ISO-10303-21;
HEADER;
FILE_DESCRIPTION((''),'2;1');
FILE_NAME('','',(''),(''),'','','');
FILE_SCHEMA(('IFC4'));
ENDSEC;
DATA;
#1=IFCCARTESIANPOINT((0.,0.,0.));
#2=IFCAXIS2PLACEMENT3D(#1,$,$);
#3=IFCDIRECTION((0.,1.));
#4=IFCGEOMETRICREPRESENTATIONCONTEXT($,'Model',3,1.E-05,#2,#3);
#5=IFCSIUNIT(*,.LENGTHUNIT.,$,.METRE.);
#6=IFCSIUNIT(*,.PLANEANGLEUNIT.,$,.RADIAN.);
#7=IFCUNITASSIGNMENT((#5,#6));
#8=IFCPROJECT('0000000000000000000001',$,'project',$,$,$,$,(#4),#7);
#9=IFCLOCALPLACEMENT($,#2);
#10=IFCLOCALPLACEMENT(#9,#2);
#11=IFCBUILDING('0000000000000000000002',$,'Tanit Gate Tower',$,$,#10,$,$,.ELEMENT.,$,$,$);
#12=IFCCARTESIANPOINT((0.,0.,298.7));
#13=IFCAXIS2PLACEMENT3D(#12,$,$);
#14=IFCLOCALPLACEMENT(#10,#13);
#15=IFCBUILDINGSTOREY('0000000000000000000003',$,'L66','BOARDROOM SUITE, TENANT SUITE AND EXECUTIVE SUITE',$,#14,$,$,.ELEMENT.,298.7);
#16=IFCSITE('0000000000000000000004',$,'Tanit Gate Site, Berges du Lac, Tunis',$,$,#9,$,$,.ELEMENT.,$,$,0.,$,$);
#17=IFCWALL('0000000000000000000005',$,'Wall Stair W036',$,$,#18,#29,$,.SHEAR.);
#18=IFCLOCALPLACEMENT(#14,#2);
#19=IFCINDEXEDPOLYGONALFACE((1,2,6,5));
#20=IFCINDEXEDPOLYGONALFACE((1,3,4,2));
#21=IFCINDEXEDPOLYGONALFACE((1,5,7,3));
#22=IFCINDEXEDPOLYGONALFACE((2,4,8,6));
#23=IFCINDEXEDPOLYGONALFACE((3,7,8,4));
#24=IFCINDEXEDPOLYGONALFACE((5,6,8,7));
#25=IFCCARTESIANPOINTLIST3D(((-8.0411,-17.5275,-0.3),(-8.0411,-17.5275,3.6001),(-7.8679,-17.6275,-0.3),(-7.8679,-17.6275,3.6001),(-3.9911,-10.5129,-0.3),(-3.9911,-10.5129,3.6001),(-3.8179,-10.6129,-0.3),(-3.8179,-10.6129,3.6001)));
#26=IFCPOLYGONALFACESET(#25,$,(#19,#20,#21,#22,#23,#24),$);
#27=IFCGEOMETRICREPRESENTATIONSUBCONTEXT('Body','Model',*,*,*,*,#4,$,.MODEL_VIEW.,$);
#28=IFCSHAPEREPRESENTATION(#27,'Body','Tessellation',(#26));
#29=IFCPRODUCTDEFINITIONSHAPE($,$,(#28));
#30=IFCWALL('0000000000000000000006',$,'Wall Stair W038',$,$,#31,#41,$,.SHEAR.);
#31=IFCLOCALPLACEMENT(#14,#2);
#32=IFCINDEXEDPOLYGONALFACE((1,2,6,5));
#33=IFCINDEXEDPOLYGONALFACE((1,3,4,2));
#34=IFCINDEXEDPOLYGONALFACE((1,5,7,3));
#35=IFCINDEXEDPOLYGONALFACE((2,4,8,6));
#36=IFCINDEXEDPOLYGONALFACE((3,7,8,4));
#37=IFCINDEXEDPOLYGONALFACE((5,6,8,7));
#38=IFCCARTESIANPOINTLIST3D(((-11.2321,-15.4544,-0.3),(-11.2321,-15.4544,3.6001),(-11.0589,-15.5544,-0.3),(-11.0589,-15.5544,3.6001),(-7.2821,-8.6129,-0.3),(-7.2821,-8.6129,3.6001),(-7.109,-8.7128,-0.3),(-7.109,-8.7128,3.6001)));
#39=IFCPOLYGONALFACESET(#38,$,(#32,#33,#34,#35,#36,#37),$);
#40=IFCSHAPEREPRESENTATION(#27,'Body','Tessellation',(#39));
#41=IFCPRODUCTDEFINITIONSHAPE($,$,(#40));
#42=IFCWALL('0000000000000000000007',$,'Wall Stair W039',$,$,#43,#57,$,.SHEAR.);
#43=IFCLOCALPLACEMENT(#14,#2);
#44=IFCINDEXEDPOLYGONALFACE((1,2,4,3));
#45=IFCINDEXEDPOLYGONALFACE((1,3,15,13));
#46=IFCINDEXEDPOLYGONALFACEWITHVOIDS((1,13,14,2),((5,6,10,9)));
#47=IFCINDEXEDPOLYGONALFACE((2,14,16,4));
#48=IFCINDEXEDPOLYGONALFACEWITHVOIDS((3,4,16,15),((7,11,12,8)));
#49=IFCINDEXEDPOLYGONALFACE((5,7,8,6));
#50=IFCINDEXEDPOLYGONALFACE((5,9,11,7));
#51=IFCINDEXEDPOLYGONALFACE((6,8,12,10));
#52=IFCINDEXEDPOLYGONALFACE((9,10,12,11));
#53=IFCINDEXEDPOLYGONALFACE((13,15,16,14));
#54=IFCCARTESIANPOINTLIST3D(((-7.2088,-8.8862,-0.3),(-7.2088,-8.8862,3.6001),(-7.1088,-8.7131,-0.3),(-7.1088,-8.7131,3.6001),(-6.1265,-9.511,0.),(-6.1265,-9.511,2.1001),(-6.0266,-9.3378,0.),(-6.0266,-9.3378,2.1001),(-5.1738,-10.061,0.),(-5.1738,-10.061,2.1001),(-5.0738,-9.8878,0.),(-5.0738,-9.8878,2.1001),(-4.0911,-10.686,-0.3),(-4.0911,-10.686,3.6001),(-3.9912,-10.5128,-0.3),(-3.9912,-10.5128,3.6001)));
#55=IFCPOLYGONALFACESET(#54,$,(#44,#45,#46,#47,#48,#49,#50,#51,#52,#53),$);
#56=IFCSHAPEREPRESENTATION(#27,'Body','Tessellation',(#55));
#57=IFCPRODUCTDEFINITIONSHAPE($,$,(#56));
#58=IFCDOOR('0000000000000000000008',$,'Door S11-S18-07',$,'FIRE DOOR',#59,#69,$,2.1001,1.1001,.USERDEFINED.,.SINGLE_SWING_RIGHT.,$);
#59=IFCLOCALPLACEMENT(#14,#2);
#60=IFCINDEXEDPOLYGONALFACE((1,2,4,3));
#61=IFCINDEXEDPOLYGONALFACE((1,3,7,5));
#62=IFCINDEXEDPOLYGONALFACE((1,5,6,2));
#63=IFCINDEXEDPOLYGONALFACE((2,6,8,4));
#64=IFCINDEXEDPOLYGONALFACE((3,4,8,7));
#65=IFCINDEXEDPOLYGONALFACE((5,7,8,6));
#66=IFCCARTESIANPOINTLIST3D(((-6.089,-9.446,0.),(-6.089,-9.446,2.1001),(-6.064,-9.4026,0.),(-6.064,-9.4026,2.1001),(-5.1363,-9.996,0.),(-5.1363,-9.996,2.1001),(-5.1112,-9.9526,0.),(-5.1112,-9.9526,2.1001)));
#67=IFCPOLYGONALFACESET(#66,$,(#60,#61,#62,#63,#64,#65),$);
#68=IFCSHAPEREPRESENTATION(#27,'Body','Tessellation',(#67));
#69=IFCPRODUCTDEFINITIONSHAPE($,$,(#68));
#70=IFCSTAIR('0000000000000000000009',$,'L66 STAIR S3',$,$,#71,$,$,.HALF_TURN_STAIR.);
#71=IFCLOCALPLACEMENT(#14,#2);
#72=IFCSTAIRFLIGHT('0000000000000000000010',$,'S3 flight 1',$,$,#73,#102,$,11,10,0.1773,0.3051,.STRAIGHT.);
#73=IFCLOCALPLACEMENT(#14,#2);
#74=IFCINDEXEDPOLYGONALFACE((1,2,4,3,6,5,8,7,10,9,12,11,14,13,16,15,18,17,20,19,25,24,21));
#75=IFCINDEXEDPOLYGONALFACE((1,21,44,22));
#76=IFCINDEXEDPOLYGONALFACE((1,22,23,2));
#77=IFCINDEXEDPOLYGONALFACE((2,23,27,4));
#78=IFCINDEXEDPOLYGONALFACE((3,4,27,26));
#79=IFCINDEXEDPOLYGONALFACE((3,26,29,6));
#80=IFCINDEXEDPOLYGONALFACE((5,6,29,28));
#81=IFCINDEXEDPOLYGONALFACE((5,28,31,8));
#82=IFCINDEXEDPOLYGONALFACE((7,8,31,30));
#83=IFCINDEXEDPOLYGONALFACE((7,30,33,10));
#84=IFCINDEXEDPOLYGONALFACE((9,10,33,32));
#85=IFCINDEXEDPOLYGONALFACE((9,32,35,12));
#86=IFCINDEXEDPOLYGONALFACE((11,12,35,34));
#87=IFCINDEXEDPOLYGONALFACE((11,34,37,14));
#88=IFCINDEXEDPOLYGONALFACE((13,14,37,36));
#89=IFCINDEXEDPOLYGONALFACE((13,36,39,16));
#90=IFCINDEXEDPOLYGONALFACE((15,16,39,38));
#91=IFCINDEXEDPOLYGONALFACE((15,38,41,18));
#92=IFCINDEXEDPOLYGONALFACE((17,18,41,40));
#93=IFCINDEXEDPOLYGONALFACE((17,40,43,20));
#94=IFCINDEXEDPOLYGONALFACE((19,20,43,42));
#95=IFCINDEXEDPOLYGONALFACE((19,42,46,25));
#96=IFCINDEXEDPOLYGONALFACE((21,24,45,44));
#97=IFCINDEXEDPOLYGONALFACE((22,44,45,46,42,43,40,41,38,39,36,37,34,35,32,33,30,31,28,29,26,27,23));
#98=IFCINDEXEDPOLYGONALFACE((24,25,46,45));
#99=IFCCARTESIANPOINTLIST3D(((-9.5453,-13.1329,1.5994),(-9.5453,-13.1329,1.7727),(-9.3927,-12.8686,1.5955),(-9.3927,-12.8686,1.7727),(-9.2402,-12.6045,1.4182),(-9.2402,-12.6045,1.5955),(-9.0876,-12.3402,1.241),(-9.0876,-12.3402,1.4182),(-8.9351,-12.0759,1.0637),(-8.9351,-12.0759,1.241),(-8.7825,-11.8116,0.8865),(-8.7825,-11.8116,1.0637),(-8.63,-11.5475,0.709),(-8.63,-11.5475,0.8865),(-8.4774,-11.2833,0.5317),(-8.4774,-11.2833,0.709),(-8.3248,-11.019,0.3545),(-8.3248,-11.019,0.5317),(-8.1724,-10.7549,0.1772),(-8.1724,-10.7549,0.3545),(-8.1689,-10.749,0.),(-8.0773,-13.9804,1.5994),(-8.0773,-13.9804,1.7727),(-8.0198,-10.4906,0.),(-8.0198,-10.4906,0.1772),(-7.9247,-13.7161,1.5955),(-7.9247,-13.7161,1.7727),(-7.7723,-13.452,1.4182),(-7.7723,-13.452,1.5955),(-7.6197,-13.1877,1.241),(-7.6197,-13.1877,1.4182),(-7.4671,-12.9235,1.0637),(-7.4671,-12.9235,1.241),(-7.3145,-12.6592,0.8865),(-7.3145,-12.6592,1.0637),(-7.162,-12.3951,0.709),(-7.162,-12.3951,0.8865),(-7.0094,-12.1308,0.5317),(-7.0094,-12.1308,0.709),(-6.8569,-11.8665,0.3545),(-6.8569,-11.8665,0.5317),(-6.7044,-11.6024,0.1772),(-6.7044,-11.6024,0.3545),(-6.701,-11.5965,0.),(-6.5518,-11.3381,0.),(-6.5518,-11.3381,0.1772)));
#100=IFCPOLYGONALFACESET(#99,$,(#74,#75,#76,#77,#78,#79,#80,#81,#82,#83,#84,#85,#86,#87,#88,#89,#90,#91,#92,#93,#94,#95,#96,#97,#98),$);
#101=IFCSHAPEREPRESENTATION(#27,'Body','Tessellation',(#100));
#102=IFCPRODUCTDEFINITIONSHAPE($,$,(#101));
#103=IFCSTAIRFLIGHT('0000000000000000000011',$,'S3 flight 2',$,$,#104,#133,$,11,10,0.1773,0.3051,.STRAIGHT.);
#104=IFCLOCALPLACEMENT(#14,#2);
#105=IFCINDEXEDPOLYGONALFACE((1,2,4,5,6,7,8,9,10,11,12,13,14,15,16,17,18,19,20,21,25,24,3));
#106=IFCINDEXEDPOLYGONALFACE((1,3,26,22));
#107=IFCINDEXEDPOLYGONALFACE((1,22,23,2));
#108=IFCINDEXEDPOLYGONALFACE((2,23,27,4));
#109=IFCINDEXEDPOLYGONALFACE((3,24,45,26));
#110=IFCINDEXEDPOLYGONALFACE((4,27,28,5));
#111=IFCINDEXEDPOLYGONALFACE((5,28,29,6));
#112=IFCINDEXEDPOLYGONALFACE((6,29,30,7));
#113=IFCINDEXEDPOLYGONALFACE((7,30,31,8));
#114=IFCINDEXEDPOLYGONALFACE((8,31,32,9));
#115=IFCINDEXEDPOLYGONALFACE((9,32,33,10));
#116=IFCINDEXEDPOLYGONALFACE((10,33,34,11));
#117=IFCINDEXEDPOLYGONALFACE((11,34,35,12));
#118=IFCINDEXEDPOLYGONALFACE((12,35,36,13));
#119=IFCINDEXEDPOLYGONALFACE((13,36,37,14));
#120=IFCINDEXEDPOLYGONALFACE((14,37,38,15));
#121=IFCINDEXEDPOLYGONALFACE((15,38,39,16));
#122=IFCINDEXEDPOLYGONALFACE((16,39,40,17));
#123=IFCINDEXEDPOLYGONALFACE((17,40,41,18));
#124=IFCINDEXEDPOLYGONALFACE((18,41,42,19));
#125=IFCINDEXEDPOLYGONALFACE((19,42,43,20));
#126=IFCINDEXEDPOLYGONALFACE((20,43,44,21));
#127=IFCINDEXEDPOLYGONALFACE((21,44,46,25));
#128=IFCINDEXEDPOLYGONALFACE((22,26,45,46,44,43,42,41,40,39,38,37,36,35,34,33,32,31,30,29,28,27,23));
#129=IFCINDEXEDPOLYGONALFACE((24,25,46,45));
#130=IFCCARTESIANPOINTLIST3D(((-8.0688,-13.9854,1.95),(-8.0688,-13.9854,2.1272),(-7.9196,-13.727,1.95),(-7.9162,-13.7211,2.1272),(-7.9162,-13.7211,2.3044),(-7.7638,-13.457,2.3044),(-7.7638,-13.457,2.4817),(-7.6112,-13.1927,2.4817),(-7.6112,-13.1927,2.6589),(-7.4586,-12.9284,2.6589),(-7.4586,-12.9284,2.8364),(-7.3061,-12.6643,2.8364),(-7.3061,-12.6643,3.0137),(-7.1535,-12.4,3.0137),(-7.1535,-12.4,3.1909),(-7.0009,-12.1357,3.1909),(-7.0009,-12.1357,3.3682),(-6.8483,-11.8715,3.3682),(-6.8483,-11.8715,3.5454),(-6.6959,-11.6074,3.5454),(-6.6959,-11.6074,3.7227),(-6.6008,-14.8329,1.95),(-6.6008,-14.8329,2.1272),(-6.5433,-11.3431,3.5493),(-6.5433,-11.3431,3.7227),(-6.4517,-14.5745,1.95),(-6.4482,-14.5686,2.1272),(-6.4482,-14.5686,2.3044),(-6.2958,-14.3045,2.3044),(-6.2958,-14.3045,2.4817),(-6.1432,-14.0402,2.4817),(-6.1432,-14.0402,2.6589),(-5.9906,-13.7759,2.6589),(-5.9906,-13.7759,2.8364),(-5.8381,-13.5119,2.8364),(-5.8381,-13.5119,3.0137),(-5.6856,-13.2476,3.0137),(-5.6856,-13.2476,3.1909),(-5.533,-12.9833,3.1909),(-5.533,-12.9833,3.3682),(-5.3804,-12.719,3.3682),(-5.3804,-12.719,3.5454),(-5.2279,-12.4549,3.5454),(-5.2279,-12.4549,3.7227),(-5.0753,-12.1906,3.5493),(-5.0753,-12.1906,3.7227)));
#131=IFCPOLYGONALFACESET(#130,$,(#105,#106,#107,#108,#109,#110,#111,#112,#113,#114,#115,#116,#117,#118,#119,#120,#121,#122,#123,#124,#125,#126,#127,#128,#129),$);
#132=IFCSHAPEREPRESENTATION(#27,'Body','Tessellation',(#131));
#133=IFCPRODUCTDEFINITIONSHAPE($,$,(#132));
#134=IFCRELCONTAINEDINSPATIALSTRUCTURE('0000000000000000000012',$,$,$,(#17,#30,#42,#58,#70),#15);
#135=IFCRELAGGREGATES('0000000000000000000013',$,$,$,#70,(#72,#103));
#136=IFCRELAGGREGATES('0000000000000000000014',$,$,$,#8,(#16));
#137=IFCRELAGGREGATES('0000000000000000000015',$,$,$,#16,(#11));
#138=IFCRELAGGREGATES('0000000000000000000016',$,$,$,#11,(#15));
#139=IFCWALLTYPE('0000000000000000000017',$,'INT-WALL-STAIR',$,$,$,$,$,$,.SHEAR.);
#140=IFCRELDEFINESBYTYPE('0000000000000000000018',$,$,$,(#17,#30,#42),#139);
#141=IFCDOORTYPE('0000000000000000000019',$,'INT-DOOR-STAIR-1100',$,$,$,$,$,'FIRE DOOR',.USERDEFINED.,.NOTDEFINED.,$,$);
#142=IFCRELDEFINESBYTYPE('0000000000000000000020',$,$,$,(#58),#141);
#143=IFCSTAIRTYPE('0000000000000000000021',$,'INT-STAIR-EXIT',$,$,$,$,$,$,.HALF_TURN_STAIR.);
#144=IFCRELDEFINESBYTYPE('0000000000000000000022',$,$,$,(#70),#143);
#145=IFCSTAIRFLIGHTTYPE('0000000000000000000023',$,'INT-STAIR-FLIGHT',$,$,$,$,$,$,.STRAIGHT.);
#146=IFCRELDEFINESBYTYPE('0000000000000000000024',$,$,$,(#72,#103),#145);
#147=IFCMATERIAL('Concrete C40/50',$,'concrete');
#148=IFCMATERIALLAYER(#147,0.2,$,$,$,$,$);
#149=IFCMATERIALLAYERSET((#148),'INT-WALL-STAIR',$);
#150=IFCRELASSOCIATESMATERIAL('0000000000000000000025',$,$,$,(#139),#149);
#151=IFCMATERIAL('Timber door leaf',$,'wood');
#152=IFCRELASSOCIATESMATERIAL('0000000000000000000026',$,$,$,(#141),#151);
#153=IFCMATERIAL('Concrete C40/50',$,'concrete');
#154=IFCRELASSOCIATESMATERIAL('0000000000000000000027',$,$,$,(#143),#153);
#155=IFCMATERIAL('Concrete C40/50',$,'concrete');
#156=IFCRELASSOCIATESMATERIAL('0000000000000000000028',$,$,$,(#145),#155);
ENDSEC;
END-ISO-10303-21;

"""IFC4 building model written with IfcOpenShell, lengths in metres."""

from ifc_helpers import new_model, si_unit, direction, frame, frame_2d, origin, place, context, subcontext, project, spatial, polyline, rectangle, outline, extrude, material, layer, layer_set, type_object, element, fill, aggregate, save


model = new_model("IFC4")

# Units and contexts
model_context = context("Model", 3, precision=1e-05, world=origin(), true_north=direction((0.0, 1.0)))
body_context = subcontext(model_context, "Body", "Model", "MODEL_VIEW")
ifc_project = project(units=[si_unit("LENGTHUNIT", "METRE"), si_unit("PLANEANGLEUNIT", "RADIAN")], contexts=[model_context])

# Site, building, storey
site_placement = place(None, origin())
site = spatial("IfcSite", under=ifc_project, at=site_placement, Name="Tanit Gate Site, Berges du Lac, Tunis", CompositionType="ELEMENT", RefElevation=0.0)
building_placement = place(site_placement, origin())
building = spatial("IfcBuilding", under=site, at=building_placement, Name="Tanit Gate Tower", CompositionType="ELEMENT")
storey_placement = place(building_placement, frame((0.0, 0.0, 298.7)))
storey = spatial("IfcBuildingStorey", under=building, at=storey_placement, Name="L66", Description="BOARDROOM SUITE, TENANT SUITE AND EXECUTIVE SUITE", CompositionType="ELEMENT", Elevation=298.7)

# Walls
ifc_material_1 = material(Name="Concrete C40/50", Category="concrete")
ifc_layer_1 = layer(ifc_material_1, 0.2)
ifc_layer_set_1 = layer_set([ifc_layer_1], Name="INT-WALL-STAIR")
wall_type_1 = type_object("IfcWallType", Name="INT-WALL-STAIR", PredefinedType="SHEAR", material=ifc_layer_set_1)
wall_1_placement = place(storey_placement, frame((-3.9045, -10.563, -0.3), z_axis=(0.0, 0.0, 1.0), x_axis=(-0.500013, -0.866018, 0.0)))
element("IfcWall", 1, at=wall_1_placement, inside=storey, type_object=wall_type_1, Name="Wall Stair W036", PredefinedType="SHEAR", context=body_context, shape_type="SweptSolid", body=[
    extrude(rectangle(XDim=8.0999, YDim=0.2, at=frame_2d((4.0498, 0.0))), origin(), (0.0, 0.0, 1.0), 3.9001),
])
wall_2_placement = place(storey_placement, frame((-7.1956, -8.6628, -0.3), z_axis=(0.0, 0.0, 1.0), x_axis=(-0.499998, -0.866027, 0.0)))
element("IfcWall", 2, at=wall_2_placement, inside=storey, type_object=wall_type_1, Name="Wall Stair W038", PredefinedType="SHEAR", context=body_context, shape_type="SweptSolid", body=[
    extrude(rectangle(XDim=7.8999, YDim=0.2, at=frame_2d((3.95, 0.0))), origin(), (0.0, 0.0, 1.0), 3.9001),
])

# Wall, opening, door
wall_3_placement = place(storey_placement, frame((-4.0413, -10.5994, -0.3), z_axis=(0.0, 0.0, 1.0), x_axis=(-0.866048, 0.499961, 0.0)))
wall_3 = element("IfcWall", 3, at=wall_3_placement, inside=storey, type_object=wall_type_1, Name="Wall Stair W039", PredefinedType="SHEAR", context=body_context, shape_type="SweptSolid", body=[
    extrude(rectangle(XDim=3.5999, YDim=0.2, at=frame_2d((1.7998, 0.0))), origin(), (0.0, 0.0, 1.0), 3.9001),
])
opening_1_placement = place(wall_3_placement, frame((1.25, 0.0, 0.3)))
opening_1 = element("IfcOpeningElement", 4, at=opening_1_placement, cuts=wall_3, PredefinedType="OPENING", context=body_context, shape_type="SweptSolid", body=[
    extrude(rectangle(XDim=1.1001, YDim=2.1001, at=frame_2d((0.55, 1.05))), frame((0.0, 0.1099, 0.0), z_axis=(0.0, -1.0, 0.0), x_axis=(1.0, 0.0, 0.0)), (0.0, 0.0, 1.0), 0.22),
])
ifc_material_2 = material(Name="Timber door leaf", Category="wood")
door_type_1 = type_object("IfcDoorType", Name="INT-DOOR-STAIR-1100", ElementType="FIRE DOOR", OperationType="NOTDEFINED", PredefinedType="USERDEFINED", material=ifc_material_2)
door_1_placement = place(opening_1_placement, origin())
door_1 = element("IfcDoor", 5, at=door_1_placement, inside=storey, type_object=door_type_1, Name="Door S11-S18-07", ObjectType="FIRE DOOR", OperationType="SINGLE_SWING_RIGHT", OverallHeight=2.1001, OverallWidth=1.1001, PredefinedType="USERDEFINED", context=body_context, shape_type="SweptSolid", body=[
    extrude(rectangle(XDim=1.1001, YDim=2.1001, at=frame_2d((0.55, 1.05))), frame((0.0, 0.0249, 0.0), z_axis=(0.0, -1.0, 0.0), x_axis=(1.0, 0.0, 0.0)), (0.0, 0.0, 1.0), 0.05),
])
fill(opening_1, door_1)

# Stair, stair flights
ifc_material_3 = material(Name="Concrete C40/50", Category="concrete")
stair_type = type_object("IfcStairType", Name="INT-STAIR-EXIT", PredefinedType="HALF_TURN_STAIR", material=ifc_material_3)
stair_placement = place(storey_placement, origin())
stair = element("IfcStair", 6, at=stair_placement, inside=storey, type_object=stair_type, Name="L66 STAIR S3", PredefinedType="HALF_TURN_STAIR")
ifc_material_4 = material(Name="Concrete C40/50", Category="concrete")
stair_flight_type = type_object("IfcStairFlightType", Name="INT-STAIR-FLIGHT", PredefinedType="STRAIGHT", material=ifc_material_4)
stair_flight_1_placement = place(storey_placement, frame((-7.2859, -10.9143, 0.0), z_axis=(0.0, 0.0, 1.0), x_axis=(-0.5, -0.866025, 0.0)))
stair_flight_1 = element("IfcStairFlight", 7, at=stair_flight_1_placement, type_object=stair_flight_type, Name="S3 flight 1", NumberOfRisers=11, NumberOfTreads=10, PredefinedType="STRAIGHT", RiserHeight=0.1773, TreadLength=0.3051, context=body_context, shape_type="SweptSolid", body=[
    extrude(outline(polyline([(0.0, 0.0), (0.0, 0.1772), (0.3052, 0.1772), (0.3052, 0.3545), (0.6101, 0.3545), (0.6101, 0.5317), (0.9153, 0.5317), (0.9153, 0.709), (1.2205, 0.709), (1.2205, 0.8865), (1.5254, 0.8865), (1.5254, 1.0637), (1.8306, 1.0637), (1.8306, 1.241), (2.1357, 1.241), (2.1357, 1.4182), (2.4409, 1.4182), (2.4409, 1.5955), (2.7458, 1.5955), (2.7458, 1.7727), (3.051, 1.7727), (3.051, 1.95), (3.051, 1.5994), (0.2983, 0.0), (0.0, 0.0)])), frame((0.0, 0.8477, 0.0), z_axis=(0.0, -1.0, 0.0), x_axis=(1.0, 0.0, 0.0)), (0.0, 0.0, 1.0), 1.6951),
])
stair_flight_2_placement = place(storey_placement, frame((-7.3347, -14.4092, 1.95), z_axis=(0.0, 0.0, 1.0), x_axis=(0.5, 0.866025, 0.0)))
stair_flight_2 = element("IfcStairFlight", 8, at=stair_flight_2_placement, type_object=stair_flight_type, Name="S3 flight 2", NumberOfRisers=11, NumberOfTreads=10, PredefinedType="STRAIGHT", RiserHeight=0.1773, TreadLength=0.3051, context=body_context, shape_type="SweptSolid", body=[
    extrude(outline(polyline([(0.0, 0.0), (0.0, 0.1772), (0.3052, 0.1772), (0.3052, 0.3545), (0.6101, 0.3545), (0.6101, 0.5317), (0.9153, 0.5317), (0.9153, 0.709), (1.2205, 0.709), (1.2205, 0.8865), (1.5254, 0.8865), (1.5254, 1.0637), (1.8306, 1.0637), (1.8306, 1.241), (2.1357, 1.241), (2.1357, 1.4182), (2.4409, 1.4182), (2.4409, 1.5955), (2.7458, 1.5955), (2.7458, 1.7727), (3.051, 1.7727), (3.051, 1.95), (3.051, 1.5994), (0.2983, 0.0), (0.0, 0.0)])), frame((0.0, 0.8477, 0.0), z_axis=(0.0, -1.0, 0.0), x_axis=(1.0, 0.0, 0.0)), (0.0, 0.0, 1.0), 1.6951),
])
aggregate(stair, [stair_flight_1, stair_flight_2])

save(model, "model.ifc")
